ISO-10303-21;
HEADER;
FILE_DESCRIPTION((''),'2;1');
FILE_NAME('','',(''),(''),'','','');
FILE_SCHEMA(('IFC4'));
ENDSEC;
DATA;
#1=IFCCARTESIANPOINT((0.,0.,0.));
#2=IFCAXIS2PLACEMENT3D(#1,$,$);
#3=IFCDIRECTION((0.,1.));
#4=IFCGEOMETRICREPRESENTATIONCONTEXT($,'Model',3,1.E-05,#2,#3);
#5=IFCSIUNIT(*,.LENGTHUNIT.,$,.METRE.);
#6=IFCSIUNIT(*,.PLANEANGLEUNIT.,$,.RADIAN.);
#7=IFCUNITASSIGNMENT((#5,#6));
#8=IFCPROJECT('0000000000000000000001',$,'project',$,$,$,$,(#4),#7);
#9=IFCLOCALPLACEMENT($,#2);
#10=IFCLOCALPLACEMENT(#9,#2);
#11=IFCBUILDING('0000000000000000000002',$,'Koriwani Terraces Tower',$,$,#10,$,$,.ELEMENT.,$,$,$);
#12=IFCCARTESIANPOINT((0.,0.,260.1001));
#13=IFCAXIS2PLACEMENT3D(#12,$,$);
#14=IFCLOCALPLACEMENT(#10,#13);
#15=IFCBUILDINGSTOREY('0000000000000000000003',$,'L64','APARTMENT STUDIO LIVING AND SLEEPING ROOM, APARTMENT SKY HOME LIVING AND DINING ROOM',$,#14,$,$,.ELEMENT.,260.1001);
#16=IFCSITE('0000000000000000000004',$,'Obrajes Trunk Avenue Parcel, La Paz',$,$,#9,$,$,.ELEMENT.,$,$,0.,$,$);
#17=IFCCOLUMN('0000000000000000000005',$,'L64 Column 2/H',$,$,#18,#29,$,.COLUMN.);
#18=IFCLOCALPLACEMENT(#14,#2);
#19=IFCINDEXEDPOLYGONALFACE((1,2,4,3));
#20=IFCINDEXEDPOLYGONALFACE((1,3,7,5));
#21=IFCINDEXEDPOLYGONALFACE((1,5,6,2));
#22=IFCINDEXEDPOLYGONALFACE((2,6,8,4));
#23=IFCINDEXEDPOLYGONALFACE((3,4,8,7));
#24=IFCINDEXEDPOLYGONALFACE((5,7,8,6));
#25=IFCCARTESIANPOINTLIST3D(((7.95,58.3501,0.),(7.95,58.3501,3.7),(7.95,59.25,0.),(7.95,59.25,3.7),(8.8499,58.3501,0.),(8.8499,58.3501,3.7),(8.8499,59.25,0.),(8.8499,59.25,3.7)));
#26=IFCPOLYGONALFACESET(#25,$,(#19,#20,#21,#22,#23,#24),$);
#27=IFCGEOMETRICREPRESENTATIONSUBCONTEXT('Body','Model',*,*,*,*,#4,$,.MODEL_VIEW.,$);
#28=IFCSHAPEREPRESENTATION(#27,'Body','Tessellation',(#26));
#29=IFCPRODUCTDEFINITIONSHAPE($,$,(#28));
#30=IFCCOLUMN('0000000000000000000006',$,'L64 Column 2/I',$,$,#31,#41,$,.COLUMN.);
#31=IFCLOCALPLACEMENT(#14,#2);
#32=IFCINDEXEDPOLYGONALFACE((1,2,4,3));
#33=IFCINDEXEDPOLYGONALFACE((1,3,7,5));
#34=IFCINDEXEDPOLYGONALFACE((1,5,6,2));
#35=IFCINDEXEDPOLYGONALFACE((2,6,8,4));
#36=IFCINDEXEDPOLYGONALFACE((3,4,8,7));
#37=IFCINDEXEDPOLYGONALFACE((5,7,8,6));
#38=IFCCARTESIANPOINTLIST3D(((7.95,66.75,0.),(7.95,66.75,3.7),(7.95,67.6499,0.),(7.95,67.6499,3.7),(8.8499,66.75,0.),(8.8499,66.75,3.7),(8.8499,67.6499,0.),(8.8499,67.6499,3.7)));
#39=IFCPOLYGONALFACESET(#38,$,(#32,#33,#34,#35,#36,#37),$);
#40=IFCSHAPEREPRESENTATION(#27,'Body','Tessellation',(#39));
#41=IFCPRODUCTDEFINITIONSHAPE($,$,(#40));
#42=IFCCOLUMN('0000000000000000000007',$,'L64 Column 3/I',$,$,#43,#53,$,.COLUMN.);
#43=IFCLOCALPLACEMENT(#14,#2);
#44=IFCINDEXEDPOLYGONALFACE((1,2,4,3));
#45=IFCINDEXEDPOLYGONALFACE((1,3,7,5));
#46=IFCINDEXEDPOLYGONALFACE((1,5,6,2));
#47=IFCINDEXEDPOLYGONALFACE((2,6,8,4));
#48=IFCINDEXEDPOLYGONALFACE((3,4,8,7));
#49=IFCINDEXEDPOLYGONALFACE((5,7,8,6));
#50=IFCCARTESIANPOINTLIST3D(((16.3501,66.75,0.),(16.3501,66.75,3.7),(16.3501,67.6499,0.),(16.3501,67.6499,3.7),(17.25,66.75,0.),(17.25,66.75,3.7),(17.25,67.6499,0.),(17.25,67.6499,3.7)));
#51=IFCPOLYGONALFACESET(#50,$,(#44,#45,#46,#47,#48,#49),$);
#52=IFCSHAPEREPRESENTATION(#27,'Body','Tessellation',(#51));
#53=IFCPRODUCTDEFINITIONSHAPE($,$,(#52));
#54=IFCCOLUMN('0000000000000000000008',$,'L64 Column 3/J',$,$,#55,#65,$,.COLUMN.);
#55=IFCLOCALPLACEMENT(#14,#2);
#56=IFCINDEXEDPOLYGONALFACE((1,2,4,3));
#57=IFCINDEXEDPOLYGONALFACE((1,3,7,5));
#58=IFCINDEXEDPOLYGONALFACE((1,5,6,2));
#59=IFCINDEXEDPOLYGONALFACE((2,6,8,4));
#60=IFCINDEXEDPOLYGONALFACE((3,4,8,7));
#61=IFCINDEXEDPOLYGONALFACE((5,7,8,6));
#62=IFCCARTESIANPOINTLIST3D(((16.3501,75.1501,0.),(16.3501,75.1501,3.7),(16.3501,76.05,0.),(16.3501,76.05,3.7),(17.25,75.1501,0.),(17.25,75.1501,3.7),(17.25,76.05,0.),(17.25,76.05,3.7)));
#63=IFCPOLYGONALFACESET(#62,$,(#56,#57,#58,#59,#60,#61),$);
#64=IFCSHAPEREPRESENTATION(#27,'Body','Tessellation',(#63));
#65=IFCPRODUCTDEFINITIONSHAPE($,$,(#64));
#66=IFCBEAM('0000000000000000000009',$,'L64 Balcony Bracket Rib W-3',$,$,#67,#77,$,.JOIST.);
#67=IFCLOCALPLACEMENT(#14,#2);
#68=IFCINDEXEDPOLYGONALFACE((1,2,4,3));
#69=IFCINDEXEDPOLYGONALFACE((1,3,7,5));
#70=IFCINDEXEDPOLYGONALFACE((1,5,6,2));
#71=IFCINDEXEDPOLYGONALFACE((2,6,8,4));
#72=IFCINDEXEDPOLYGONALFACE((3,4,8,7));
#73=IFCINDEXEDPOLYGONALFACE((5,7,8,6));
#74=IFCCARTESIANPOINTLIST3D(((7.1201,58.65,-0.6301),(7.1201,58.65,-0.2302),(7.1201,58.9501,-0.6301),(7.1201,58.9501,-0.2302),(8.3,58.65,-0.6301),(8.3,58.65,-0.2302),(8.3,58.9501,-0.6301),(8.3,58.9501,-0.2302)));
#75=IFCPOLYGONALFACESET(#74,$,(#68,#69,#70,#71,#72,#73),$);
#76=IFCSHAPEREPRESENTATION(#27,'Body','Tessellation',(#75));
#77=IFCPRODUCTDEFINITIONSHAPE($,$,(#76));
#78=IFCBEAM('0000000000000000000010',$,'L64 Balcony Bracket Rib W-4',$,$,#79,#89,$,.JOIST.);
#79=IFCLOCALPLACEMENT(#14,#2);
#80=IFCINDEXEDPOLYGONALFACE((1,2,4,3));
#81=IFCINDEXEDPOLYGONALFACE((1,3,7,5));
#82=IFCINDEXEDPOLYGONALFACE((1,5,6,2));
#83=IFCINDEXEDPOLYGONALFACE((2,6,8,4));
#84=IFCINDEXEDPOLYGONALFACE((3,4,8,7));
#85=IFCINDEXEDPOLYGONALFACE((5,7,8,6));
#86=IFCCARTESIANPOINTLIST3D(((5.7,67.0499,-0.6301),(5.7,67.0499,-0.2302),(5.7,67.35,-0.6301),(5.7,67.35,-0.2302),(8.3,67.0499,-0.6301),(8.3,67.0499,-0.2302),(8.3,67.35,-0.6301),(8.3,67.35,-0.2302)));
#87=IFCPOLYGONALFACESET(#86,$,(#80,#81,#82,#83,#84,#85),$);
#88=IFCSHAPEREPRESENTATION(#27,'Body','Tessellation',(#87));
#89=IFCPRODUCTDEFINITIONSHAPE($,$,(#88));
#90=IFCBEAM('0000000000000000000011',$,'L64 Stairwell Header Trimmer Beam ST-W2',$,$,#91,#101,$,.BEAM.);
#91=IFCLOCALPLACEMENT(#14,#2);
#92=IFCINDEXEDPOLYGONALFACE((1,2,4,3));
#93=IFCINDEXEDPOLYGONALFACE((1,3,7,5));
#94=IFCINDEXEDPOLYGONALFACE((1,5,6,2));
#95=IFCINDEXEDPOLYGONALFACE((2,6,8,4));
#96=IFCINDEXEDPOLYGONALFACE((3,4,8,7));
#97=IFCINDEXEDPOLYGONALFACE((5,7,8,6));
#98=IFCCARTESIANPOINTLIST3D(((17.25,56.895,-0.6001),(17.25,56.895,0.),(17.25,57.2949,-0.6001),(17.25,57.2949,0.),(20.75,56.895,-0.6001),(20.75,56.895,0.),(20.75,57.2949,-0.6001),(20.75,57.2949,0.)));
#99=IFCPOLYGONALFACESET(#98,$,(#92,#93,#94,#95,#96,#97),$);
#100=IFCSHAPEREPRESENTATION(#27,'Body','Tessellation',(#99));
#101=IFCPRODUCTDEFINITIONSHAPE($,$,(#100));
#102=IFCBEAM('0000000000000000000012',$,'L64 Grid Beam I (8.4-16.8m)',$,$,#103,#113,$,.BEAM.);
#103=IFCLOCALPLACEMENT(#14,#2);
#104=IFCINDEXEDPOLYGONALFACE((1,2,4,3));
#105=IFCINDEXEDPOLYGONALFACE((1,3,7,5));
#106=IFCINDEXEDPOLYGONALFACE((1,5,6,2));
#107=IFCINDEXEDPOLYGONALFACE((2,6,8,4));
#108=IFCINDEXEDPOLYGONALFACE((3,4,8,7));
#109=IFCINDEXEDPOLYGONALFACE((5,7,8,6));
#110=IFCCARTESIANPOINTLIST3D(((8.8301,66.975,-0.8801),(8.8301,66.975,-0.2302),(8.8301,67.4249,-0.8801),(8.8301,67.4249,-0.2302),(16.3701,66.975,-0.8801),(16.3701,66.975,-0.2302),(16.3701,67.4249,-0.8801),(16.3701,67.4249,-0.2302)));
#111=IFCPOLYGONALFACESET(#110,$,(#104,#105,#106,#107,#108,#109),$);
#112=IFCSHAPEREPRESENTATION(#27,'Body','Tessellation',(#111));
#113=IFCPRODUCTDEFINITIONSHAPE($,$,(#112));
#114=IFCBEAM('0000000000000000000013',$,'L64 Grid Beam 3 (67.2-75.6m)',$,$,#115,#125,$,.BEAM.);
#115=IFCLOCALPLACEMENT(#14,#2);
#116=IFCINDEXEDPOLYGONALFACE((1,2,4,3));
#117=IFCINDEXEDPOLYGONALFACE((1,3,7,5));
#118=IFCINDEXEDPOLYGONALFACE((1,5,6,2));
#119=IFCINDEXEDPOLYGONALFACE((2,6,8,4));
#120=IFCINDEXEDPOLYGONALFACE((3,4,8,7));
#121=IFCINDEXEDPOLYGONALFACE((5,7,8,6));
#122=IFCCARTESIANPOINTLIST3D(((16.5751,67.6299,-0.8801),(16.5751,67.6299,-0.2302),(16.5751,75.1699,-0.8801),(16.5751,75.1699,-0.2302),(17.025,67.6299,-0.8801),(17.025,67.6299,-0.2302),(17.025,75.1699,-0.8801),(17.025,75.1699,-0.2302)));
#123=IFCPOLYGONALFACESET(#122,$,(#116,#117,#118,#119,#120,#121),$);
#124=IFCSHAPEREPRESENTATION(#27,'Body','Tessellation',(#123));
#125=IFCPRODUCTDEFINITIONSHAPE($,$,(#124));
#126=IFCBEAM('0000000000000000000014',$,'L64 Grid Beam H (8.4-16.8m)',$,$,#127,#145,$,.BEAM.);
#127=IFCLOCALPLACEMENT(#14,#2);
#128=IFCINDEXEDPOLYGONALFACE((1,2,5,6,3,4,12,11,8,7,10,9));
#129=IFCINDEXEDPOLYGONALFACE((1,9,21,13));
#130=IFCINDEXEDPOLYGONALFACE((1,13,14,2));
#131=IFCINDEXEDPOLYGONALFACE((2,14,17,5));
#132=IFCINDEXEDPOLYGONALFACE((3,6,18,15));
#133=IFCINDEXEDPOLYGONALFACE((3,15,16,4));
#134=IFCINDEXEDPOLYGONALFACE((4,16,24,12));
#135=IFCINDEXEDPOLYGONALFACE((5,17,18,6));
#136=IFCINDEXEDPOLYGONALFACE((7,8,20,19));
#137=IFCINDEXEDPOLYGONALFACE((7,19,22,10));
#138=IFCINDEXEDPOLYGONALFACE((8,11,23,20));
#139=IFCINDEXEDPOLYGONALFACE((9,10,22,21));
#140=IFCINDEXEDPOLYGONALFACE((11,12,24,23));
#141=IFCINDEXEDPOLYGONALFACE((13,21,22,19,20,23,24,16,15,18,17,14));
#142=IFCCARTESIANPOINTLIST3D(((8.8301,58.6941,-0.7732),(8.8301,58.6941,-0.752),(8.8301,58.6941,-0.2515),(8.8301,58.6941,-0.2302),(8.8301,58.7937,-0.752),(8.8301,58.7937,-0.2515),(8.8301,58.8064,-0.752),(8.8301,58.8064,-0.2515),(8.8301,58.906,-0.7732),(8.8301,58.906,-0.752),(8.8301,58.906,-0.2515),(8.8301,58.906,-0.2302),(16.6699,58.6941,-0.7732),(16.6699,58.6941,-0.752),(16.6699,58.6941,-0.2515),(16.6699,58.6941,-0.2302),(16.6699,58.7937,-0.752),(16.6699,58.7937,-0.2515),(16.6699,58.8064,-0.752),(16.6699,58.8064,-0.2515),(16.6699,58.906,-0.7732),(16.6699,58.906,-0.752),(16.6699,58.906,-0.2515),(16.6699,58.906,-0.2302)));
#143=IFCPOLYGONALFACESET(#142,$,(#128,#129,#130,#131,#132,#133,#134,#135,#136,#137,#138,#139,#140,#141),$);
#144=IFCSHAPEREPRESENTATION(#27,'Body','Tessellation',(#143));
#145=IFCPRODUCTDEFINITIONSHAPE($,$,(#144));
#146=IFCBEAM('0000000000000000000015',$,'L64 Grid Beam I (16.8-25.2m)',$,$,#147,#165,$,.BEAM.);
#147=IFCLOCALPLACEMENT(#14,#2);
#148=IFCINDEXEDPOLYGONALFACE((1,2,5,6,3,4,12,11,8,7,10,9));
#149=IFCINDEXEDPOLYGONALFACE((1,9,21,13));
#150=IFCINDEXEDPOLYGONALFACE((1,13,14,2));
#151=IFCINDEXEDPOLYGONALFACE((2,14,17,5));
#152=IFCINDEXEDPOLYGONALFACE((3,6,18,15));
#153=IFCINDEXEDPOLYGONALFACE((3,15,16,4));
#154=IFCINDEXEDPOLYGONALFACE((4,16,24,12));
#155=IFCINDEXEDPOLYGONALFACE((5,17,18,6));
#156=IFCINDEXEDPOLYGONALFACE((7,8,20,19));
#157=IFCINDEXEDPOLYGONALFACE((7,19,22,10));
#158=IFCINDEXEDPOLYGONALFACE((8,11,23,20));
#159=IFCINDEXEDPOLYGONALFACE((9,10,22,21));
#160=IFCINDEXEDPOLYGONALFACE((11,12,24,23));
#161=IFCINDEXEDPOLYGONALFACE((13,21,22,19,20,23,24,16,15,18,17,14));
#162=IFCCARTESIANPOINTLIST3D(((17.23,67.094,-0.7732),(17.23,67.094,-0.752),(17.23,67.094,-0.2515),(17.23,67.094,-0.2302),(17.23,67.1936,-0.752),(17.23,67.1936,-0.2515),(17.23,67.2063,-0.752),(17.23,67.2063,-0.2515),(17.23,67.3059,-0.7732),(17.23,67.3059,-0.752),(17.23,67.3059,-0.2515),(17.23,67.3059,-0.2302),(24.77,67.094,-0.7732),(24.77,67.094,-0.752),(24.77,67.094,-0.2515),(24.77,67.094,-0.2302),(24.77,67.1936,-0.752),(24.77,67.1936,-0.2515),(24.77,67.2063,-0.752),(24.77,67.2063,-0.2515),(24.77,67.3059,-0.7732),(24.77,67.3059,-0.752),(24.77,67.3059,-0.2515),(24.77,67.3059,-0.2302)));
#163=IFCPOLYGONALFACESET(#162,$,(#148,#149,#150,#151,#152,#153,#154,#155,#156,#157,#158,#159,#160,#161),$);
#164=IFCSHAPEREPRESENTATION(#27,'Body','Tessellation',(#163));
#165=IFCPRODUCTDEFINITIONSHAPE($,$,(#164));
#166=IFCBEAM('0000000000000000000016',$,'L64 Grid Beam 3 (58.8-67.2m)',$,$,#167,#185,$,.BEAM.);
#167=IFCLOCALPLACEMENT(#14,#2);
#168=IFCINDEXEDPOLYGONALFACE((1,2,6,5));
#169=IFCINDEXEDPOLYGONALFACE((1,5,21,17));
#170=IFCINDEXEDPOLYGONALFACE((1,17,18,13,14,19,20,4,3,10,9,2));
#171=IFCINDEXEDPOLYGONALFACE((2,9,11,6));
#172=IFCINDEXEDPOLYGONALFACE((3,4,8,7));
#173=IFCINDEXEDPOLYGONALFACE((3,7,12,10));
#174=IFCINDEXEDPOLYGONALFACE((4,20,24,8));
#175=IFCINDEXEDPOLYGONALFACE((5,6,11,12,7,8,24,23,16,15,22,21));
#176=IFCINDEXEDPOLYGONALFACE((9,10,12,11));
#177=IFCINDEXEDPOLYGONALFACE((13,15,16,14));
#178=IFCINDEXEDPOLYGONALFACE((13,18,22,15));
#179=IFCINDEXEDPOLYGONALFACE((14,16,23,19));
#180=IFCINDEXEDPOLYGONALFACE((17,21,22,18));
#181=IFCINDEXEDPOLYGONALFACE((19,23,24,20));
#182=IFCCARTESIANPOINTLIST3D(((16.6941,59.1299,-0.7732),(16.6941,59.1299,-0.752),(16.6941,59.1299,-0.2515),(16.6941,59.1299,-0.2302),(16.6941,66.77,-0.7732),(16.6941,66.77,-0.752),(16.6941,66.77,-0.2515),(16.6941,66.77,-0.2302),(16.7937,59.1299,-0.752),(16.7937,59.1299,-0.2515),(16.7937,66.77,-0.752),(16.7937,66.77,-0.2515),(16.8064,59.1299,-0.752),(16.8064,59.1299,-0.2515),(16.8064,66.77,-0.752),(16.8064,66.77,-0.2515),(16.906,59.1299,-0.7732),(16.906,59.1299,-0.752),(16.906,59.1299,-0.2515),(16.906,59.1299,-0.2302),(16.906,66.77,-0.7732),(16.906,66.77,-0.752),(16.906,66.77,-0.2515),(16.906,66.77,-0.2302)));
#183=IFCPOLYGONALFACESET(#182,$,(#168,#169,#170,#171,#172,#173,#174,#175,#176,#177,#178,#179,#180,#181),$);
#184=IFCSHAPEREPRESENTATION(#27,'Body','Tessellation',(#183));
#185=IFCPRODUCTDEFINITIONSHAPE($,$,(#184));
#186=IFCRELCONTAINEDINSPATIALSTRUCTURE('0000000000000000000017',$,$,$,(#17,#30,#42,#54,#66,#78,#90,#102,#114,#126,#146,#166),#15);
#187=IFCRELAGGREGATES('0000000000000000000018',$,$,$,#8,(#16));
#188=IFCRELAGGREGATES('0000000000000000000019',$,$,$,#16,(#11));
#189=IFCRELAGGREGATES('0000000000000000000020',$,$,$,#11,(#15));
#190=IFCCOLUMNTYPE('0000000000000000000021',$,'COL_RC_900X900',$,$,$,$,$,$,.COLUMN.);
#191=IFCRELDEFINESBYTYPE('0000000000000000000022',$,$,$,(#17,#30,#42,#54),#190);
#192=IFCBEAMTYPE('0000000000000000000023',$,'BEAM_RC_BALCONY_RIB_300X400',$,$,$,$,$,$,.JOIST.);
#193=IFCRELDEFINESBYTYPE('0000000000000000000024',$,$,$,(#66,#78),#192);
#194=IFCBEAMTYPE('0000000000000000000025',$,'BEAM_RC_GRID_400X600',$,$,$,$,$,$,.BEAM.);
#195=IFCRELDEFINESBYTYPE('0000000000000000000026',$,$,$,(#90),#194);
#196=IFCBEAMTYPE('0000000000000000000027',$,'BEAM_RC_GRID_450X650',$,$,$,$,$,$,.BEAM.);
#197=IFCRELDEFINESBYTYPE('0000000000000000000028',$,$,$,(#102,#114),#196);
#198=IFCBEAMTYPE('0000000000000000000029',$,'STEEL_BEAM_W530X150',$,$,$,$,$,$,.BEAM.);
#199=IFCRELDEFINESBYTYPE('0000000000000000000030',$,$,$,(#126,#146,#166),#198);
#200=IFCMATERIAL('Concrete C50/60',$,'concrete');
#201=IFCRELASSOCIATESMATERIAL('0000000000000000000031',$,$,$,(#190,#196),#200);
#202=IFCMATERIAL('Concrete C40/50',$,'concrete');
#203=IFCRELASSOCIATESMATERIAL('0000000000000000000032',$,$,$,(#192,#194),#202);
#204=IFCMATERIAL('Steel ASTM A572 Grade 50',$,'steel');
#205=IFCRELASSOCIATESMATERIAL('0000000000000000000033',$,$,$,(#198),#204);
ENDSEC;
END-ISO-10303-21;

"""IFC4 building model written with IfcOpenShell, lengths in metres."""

from ifc_helpers import new_model, si_unit, direction, frame, origin, origin_2d, place, context, subcontext, project, spatial, rectangle, i_section, extrude, material, material_profile, profile_set, type_object, element, save


model = new_model("IFC4")

# Units and contexts
model_context = context("Model", 3, precision=1e-05, world=origin(), true_north=direction((0.0, 1.0)))
body_context = subcontext(model_context, "Body", "Model", "MODEL_VIEW")
ifc_project = project(units=[si_unit("LENGTHUNIT", "METRE"), si_unit("PLANEANGLEUNIT", "RADIAN")], contexts=[model_context])

# Site, building, storey
site_placement = place(None, origin())
site = spatial("IfcSite", under=ifc_project, at=site_placement, Name="Obrajes Trunk Avenue Parcel, La Paz", CompositionType="ELEMENT", RefElevation=0.0)
building_placement = place(site_placement, origin())
building = spatial("IfcBuilding", under=site, at=building_placement, Name="Koriwani Terraces Tower", CompositionType="ELEMENT")
storey_placement = place(building_placement, frame((0.0, 0.0, 260.1001)))
storey = spatial("IfcBuildingStorey", under=building, at=storey_placement, Name="L64", Description="APARTMENT STUDIO LIVING AND SLEEPING ROOM, APARTMENT SKY HOME LIVING AND DINING ROOM", CompositionType="ELEMENT", Elevation=260.1001)

# Columns
ifc_material_1 = material(Name="Concrete C50/60", Category="concrete")
ifc_material_profile_1 = material_profile(ifc_material_1, rectangle(XDim=0.8999, YDim=0.8999, at=origin_2d()), Name="Concrete C50/60", Category="LoadBearing")
ifc_profile_set_1 = profile_set([ifc_material_profile_1], Name="Concrete C50/60")
column_type = type_object("IfcColumnType", Name="COL_RC_900X900", PredefinedType="COLUMN", material=ifc_profile_set_1)
for number, where, z_axis, x_axis, name in (
    (1, (8.3999, 58.8, 0.0), (0.0, 0.0, 1.0), (1.0, 0.0, 0.0), "L64 Column 2/H"),
    (2, (8.3999, 67.2, 0.0), (0.0, 0.0, 1.0), (1.0, 0.0, 0.0), "L64 Column 2/I"),
    (3, (16.8, 67.2, 0.0), (0.0, 0.0, 1.0), (1.0, 0.0, 0.0), "L64 Column 3/I"),
    (4, (16.8, 75.6001, 0.0), (0.0, 0.0, 1.0), (1.0, 0.0, 0.0), "L64 Column 3/J"),
):
    element("IfcColumn", number, at=place(storey_placement, frame(where, z_axis=z_axis, x_axis=x_axis)), inside=storey, type_object=column_type, Name=name, PredefinedType="COLUMN", context=body_context, shape_type="SweptSolid", body=[
        extrude(rectangle(XDim=0.8999, YDim=0.8999, at=origin_2d()), origin(), (0.0, 0.0, 1.0), 3.7),
    ])

# Beams
ifc_material_2 = material(Name="Concrete C40/50", Category="concrete")
ifc_material_profile_2 = material_profile(ifc_material_2, rectangle(XDim=0.3, YDim=0.3999, at=origin_2d()), Name="Concrete C40/50", Category="LoadBearing")
ifc_profile_set_2 = profile_set([ifc_material_profile_2], Name="Concrete C40/50")
beam_type_1 = type_object("IfcBeamType", Name="BEAM_RC_BALCONY_RIB_300X400", PredefinedType="JOIST", material=ifc_profile_set_2)
beam_1_placement = place(storey_placement, frame((7.1201, 58.8, -0.4302), z_axis=(1.0, 0.0, 0.0), x_axis=(0.0, 1.0, 0.0)))
element("IfcBeam", 5, at=beam_1_placement, inside=storey, type_object=beam_type_1, Name="L64 Balcony Bracket Rib W-3", PredefinedType="JOIST", context=body_context, shape_type="SweptSolid", body=[
    extrude(rectangle(XDim=0.3, YDim=0.3999, at=origin_2d()), origin(), (0.0, 0.0, 1.0), 1.1799),
])
beam_2_placement = place(storey_placement, frame((5.7, 67.2, -0.4302), z_axis=(1.0, 0.0, 0.0), x_axis=(0.0, 1.0, 0.0)))
element("IfcBeam", 6, at=beam_2_placement, inside=storey, type_object=beam_type_1, Name="L64 Balcony Bracket Rib W-4", PredefinedType="JOIST", context=body_context, shape_type="SweptSolid", body=[
    extrude(rectangle(XDim=0.3, YDim=0.3999, at=origin_2d()), origin(), (0.0, 0.0, 1.0), 2.6001),
])
ifc_material_profile_3 = material_profile(ifc_material_2, rectangle(XDim=0.3999, YDim=0.6001, at=origin_2d()), Name="Concrete C40/50", Category="LoadBearing")
ifc_profile_set_3 = profile_set([ifc_material_profile_3], Name="Concrete C40/50")
beam_type_2 = type_object("IfcBeamType", Name="BEAM_RC_GRID_400X600", PredefinedType="BEAM", material=ifc_profile_set_3)
beam_3_placement = place(storey_placement, frame((17.25, 57.095, -0.3), z_axis=(1.0, 0.0, 0.0), x_axis=(0.0, 1.0, 0.0)))
element("IfcBeam", 7, at=beam_3_placement, inside=storey, type_object=beam_type_2, Name="L64 Stairwell Header Trimmer Beam ST-W2", PredefinedType="BEAM", context=body_context, shape_type="SweptSolid", body=[
    extrude(rectangle(XDim=0.3999, YDim=0.6001, at=origin_2d()), origin(), (0.0, 0.0, 1.0), 3.5),
])
ifc_material_profile_4 = material_profile(ifc_material_1, rectangle(XDim=0.45, YDim=0.6499, at=origin_2d()), Name="Concrete C50/60", Category="LoadBearing")
ifc_profile_set_4 = profile_set([ifc_material_profile_4], Name="Concrete C50/60")
beam_type_3 = type_object("IfcBeamType", Name="BEAM_RC_GRID_450X650", PredefinedType="BEAM", material=ifc_profile_set_4)
for number, where, z_axis, x_axis, name in (
    (8, (8.8301, 67.2, -0.5552), (1.0, 0.0, 0.0), (0.0, 1.0, 0.0), "L64 Grid Beam I (8.4-16.8m)"),
    (9, (16.8, 67.6299, -0.5552), (0.0, 1.0, 0.0), (-1.0, 0.0, 0.0), "L64 Grid Beam 3 (67.2-75.6m)"),
):
    element("IfcBeam", number, at=place(storey_placement, frame(where, z_axis=z_axis, x_axis=x_axis)), inside=storey, type_object=beam_type_3, Name=name, PredefinedType="BEAM", context=body_context, shape_type="SweptSolid", body=[
        extrude(rectangle(XDim=0.45, YDim=0.6499, at=origin_2d()), origin(), (0.0, 0.0, 1.0), 7.54),
    ])
ifc_material_3 = material(Name="Steel ASTM A572 Grade 50", Category="steel")
ifc_material_profile_5 = material_profile(ifc_material_3, i_section(OverallWidth=0.2119, OverallDepth=0.543, WebThickness=0.0127, FlangeThickness=0.0212, at=origin_2d()), Name="Steel ASTM A572 Grade 50", Category="LoadBearing")
ifc_profile_set_5 = profile_set([ifc_material_profile_5], Name="Steel ASTM A572 Grade 50")
beam_type_4 = type_object("IfcBeamType", Name="STEEL_BEAM_W530X150", PredefinedType="BEAM", material=ifc_profile_set_5)
beam_4_placement = place(storey_placement, frame((8.8301, 58.8, -0.5017), z_axis=(1.0, 0.0, 0.0), x_axis=(0.0, 1.0, 0.0)))
element("IfcBeam", 10, at=beam_4_placement, inside=storey, type_object=beam_type_4, Name="L64 Grid Beam H (8.4-16.8m)", PredefinedType="BEAM", context=body_context, shape_type="SweptSolid", body=[
    extrude(i_section(OverallWidth=0.2119, OverallDepth=0.543, WebThickness=0.0127, FlangeThickness=0.0212, at=origin_2d()), origin(), (0.0, 0.0, 1.0), 7.8398),
])
beam_5_placement = place(storey_placement, frame((17.23, 67.2, -0.5017), z_axis=(1.0, 0.0, 0.0), x_axis=(0.0, 1.0, 0.0)))
element("IfcBeam", 11, at=beam_5_placement, inside=storey, type_object=beam_type_4, Name="L64 Grid Beam I (16.8-25.2m)", PredefinedType="BEAM", context=body_context, shape_type="SweptSolid", body=[
    extrude(i_section(OverallWidth=0.2119, OverallDepth=0.543, WebThickness=0.0127, FlangeThickness=0.0212, at=origin_2d()), origin(), (0.0, 0.0, 1.0), 7.54),
])
beam_6_placement = place(storey_placement, frame((16.8, 59.1299, -0.5017), z_axis=(0.0, 1.0, 0.0), x_axis=(-1.0, 0.0, 0.0)))
element("IfcBeam", 12, at=beam_6_placement, inside=storey, type_object=beam_type_4, Name="L64 Grid Beam 3 (58.8-67.2m)", PredefinedType="BEAM", context=body_context, shape_type="SweptSolid", body=[
    extrude(i_section(OverallWidth=0.2119, OverallDepth=0.543, WebThickness=0.0127, FlangeThickness=0.0212, at=origin_2d()), origin(), (0.0, 0.0, 1.0), 7.6401),
])

save(model, "model.ifc")
